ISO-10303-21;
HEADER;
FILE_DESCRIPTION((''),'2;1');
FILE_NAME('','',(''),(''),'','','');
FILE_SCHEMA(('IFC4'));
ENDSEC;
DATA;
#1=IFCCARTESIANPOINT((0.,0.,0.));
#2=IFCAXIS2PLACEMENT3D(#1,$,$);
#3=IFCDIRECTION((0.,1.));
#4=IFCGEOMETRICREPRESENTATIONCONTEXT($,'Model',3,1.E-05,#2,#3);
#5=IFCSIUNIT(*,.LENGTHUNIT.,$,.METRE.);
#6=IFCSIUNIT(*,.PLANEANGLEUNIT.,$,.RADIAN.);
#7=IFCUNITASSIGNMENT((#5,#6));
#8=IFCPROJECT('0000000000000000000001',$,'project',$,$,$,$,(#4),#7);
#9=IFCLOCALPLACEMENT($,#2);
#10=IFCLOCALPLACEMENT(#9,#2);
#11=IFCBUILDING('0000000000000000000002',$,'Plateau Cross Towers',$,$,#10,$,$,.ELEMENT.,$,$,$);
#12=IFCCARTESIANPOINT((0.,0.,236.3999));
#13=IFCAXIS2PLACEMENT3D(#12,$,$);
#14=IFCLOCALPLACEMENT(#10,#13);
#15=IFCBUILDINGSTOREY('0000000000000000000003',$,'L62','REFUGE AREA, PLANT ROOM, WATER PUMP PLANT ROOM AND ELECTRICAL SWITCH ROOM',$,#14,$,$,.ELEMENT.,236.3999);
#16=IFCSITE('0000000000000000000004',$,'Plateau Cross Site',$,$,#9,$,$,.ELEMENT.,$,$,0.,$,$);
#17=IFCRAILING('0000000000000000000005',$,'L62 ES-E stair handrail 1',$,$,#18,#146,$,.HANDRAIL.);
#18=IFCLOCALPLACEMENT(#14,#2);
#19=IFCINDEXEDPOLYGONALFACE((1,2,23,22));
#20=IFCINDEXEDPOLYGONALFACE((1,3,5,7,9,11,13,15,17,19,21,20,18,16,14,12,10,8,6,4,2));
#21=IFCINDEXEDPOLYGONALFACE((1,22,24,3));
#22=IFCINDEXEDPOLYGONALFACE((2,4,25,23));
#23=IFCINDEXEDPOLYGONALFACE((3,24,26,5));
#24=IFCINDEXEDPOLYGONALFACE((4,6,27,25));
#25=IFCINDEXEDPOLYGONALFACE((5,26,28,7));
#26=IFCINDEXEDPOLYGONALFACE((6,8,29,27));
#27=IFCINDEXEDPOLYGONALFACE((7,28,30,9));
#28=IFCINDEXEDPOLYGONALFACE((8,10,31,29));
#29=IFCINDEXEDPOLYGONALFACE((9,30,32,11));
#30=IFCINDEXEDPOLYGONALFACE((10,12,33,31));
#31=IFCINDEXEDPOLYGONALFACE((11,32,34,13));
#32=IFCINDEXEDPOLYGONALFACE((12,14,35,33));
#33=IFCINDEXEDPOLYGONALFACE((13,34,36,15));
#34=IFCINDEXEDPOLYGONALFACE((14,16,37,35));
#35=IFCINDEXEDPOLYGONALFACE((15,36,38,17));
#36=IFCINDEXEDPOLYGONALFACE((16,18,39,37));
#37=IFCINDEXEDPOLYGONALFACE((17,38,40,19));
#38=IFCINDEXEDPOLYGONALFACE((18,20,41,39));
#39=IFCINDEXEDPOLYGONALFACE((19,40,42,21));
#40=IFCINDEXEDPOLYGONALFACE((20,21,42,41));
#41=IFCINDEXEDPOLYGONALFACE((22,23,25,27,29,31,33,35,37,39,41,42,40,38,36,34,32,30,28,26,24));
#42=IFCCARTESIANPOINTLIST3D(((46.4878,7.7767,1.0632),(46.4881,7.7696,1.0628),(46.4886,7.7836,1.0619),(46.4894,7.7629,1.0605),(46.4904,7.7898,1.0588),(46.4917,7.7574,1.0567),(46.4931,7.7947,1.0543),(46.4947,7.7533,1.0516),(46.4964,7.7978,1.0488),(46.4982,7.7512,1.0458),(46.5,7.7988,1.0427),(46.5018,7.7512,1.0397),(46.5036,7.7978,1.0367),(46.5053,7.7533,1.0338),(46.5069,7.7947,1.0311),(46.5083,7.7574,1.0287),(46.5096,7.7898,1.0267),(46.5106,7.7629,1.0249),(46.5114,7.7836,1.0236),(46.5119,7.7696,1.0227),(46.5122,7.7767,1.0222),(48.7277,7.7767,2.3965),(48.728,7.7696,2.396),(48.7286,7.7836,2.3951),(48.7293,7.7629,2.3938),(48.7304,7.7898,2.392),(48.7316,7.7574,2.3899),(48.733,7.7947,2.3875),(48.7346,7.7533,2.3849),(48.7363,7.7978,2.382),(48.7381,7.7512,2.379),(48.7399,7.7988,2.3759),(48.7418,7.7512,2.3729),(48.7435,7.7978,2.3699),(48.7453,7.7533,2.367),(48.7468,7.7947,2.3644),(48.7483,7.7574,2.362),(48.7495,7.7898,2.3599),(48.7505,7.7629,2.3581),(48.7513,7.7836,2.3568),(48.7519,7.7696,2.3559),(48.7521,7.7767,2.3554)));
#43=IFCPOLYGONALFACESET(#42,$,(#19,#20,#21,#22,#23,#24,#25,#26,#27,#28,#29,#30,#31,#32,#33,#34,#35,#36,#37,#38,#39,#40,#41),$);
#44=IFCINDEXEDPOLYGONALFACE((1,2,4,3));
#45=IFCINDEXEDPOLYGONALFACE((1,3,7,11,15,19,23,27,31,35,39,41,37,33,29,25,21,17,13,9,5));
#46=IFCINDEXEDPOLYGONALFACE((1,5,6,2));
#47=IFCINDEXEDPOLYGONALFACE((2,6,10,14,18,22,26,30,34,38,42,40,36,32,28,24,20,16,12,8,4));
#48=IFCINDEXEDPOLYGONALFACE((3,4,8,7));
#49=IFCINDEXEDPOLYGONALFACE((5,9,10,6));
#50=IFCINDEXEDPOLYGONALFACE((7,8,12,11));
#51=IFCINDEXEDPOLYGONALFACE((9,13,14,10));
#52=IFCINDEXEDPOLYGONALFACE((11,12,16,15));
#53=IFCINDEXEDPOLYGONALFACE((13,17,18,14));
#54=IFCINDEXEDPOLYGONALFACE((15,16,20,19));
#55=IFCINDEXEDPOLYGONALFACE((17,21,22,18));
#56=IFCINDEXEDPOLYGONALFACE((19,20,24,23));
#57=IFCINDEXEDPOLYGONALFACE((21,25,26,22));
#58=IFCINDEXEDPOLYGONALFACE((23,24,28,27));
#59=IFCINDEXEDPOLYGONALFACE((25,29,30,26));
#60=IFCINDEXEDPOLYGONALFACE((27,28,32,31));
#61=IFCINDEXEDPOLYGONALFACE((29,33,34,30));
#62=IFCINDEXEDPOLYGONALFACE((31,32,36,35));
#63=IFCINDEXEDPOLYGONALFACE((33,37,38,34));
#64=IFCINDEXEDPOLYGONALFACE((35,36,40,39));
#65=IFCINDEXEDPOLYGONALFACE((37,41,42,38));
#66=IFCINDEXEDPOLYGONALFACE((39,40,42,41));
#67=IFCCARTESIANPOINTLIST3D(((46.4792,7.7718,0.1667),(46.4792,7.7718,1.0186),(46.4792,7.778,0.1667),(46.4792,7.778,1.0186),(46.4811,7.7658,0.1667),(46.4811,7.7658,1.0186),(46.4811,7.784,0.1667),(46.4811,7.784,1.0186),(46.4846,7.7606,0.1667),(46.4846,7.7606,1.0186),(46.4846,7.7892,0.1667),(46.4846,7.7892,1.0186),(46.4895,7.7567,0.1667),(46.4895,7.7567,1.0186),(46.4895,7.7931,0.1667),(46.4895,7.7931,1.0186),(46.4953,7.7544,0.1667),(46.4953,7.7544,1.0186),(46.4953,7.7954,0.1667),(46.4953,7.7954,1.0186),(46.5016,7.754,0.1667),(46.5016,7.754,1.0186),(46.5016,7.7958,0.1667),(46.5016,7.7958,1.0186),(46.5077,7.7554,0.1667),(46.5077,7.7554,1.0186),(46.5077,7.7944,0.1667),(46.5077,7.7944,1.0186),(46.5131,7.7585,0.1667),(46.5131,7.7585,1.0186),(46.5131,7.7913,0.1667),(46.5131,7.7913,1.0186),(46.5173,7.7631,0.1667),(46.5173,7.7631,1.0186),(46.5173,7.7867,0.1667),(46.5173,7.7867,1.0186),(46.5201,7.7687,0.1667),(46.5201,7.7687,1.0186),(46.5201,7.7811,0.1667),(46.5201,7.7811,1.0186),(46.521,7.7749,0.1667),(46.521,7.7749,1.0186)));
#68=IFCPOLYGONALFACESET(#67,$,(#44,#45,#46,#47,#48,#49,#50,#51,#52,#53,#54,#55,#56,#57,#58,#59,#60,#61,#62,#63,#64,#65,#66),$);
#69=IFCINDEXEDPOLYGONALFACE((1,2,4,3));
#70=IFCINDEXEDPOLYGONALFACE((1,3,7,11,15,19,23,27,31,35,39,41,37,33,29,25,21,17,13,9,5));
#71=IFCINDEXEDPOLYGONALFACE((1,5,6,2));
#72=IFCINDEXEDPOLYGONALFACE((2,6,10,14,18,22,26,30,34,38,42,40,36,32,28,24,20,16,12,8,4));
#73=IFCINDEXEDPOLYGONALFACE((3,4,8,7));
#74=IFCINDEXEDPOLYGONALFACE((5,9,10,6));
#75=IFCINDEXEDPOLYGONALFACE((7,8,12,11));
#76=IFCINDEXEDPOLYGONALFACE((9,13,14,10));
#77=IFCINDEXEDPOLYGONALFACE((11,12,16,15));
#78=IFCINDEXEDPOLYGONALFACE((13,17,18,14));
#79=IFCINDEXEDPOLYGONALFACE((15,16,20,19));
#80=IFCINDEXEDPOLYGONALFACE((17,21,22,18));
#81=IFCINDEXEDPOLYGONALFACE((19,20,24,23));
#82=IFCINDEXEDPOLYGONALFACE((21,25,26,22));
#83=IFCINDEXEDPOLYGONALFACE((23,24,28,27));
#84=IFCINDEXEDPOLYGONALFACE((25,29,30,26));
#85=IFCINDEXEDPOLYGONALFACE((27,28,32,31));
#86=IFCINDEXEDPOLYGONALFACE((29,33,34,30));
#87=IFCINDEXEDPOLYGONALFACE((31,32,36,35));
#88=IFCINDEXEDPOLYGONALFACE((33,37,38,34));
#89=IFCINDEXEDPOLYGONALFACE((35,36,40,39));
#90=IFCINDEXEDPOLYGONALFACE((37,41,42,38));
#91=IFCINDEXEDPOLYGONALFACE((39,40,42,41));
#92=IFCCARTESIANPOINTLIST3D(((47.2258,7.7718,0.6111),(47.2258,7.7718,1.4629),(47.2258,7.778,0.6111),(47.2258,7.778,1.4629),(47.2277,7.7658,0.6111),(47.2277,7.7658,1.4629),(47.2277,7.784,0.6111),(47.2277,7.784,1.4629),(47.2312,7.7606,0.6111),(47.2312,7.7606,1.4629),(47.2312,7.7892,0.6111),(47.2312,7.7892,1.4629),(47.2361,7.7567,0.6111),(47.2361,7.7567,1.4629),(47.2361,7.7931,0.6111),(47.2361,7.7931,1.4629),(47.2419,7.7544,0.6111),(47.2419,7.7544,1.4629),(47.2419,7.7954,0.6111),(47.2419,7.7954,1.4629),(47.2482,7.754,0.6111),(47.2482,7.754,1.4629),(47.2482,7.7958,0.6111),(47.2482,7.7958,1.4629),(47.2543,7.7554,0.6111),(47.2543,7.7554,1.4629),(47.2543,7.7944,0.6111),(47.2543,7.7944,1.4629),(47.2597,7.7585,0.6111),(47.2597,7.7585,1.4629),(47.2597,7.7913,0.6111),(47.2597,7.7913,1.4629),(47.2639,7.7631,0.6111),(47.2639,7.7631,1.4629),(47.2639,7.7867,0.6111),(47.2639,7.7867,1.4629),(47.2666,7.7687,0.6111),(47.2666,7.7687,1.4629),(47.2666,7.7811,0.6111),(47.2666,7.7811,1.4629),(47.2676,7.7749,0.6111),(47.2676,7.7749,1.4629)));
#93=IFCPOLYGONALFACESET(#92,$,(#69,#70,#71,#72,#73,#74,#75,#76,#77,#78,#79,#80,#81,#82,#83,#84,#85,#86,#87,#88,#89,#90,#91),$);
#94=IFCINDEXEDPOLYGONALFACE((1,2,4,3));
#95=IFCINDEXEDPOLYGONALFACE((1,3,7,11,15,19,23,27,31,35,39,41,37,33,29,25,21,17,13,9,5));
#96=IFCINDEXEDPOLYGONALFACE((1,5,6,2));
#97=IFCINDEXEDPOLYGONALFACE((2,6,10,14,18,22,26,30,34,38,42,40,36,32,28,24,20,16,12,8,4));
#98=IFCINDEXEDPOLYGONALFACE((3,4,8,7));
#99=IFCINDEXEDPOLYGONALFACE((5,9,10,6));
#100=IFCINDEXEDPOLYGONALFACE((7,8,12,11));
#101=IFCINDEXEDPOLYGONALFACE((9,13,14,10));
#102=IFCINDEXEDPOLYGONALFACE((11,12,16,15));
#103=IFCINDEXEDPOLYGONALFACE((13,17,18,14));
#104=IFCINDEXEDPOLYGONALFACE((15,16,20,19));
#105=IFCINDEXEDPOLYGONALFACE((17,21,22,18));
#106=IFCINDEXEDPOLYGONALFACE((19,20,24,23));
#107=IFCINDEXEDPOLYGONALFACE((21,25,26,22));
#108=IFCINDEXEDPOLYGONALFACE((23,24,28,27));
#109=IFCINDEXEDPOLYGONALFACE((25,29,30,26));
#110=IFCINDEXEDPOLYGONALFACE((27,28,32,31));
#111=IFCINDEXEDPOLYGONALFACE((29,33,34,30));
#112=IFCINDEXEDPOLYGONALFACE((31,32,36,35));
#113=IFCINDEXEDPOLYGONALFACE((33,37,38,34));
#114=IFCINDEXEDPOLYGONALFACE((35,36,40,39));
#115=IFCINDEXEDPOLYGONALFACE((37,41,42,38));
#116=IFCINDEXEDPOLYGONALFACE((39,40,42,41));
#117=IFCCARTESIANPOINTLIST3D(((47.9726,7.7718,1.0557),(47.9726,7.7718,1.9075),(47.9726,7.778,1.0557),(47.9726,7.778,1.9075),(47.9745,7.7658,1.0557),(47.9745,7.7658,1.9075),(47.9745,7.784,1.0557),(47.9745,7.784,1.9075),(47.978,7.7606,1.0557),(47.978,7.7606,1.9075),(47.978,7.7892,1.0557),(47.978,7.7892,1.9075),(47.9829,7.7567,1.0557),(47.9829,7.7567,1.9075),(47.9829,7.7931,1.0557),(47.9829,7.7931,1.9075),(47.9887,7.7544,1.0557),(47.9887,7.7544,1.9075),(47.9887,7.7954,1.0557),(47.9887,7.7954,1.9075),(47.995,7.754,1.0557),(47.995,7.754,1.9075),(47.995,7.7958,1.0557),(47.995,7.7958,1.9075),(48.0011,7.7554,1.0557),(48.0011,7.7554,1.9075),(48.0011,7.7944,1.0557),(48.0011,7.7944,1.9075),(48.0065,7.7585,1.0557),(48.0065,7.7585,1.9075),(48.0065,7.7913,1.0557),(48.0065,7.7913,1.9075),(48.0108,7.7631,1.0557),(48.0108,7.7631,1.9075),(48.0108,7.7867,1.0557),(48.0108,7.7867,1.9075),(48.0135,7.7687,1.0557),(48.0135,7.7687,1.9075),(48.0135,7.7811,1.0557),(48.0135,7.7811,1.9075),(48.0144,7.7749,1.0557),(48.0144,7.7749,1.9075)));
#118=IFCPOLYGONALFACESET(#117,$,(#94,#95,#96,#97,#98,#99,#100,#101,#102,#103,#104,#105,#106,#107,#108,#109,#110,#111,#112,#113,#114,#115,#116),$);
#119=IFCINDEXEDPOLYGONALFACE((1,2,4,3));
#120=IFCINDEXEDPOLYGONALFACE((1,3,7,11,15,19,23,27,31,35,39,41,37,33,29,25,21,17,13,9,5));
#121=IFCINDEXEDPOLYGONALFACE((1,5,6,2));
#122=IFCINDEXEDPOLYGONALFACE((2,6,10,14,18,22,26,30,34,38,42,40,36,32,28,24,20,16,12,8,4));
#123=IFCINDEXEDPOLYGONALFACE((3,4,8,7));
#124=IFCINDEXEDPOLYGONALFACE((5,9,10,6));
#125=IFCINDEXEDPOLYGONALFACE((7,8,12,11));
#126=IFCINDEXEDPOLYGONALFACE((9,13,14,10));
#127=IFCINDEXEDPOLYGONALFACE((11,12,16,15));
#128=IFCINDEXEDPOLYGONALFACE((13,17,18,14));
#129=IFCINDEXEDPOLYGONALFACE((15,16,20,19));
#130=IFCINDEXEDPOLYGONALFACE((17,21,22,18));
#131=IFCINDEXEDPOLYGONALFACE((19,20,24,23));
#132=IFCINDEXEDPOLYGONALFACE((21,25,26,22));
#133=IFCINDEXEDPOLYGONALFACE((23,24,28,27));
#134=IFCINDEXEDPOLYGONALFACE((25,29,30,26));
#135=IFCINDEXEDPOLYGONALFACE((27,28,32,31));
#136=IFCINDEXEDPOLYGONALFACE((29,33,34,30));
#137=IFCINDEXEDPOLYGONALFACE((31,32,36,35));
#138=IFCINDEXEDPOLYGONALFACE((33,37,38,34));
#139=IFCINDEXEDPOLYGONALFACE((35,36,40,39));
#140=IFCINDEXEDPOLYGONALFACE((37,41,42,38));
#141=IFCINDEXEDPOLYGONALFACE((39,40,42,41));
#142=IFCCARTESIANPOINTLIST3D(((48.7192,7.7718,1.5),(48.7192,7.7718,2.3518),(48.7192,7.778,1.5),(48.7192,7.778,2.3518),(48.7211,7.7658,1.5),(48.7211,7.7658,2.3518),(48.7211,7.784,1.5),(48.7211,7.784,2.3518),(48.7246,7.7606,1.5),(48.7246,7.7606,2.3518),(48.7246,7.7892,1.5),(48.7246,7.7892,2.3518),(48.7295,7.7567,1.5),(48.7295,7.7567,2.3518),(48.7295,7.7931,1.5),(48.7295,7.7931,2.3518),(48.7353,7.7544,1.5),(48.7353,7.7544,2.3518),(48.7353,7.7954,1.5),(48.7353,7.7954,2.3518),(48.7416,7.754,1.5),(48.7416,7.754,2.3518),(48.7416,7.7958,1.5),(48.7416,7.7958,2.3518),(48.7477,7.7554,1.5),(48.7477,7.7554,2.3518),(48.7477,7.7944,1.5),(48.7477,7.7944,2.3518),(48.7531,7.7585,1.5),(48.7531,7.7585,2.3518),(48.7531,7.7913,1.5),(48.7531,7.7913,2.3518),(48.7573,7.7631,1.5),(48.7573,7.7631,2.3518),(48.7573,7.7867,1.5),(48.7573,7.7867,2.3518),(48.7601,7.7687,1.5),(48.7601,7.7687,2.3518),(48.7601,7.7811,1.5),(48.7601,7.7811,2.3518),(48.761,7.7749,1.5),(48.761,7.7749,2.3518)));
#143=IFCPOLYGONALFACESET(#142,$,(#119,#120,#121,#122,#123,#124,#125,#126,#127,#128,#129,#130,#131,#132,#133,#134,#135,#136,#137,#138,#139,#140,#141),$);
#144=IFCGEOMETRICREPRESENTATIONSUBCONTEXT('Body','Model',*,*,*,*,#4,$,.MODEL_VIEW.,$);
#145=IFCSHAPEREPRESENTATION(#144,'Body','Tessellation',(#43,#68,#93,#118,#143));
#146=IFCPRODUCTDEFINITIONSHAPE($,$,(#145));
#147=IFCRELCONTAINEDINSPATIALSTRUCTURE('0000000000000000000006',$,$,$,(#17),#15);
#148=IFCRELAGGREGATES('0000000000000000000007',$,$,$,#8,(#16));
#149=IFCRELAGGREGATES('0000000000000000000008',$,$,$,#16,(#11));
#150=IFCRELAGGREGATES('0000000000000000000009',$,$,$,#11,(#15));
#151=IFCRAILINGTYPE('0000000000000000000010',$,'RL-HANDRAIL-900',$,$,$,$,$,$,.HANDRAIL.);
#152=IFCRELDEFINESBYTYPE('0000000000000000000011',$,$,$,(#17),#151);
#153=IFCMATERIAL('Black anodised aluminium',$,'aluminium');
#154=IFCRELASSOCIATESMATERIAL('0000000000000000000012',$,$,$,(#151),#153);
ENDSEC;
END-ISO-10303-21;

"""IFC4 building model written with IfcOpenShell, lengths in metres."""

from ifc_helpers import new_model, si_unit, direction, frame, origin, origin_2d, place, context, subcontext, project, spatial, circle, extrude, material, type_object, element, save


model = new_model("IFC4")

# Units and contexts
model_context = context("Model", 3, precision=1e-05, world=origin(), true_north=direction((0.0, 1.0)))
body_context = subcontext(model_context, "Body", "Model", "MODEL_VIEW")
ifc_project = project(units=[si_unit("LENGTHUNIT", "METRE"), si_unit("PLANEANGLEUNIT", "RADIAN")], contexts=[model_context])

# Site, building, storey
site_placement = place(None, origin())
site = spatial("IfcSite", under=ifc_project, at=site_placement, Name="Plateau Cross Site", CompositionType="ELEMENT", RefElevation=0.0)
building_placement = place(site_placement, origin())
building = spatial("IfcBuilding", under=site, at=building_placement, Name="Plateau Cross Towers", CompositionType="ELEMENT")
storey_placement = place(building_placement, frame((0.0, 0.0, 236.3999)))
storey = spatial("IfcBuildingStorey", under=building, at=storey_placement, Name="L62", Description="REFUGE AREA, PLANT ROOM, WATER PUMP PLANT ROOM AND ELECTRICAL SWITCH ROOM", CompositionType="ELEMENT", Elevation=236.3999)

# Shared definitions
ifc_material_1 = material(Name="Black anodised aluminium", Category="aluminium")

# Railing
railing_type_1 = type_object("IfcRailingType", Name="RL-HANDRAIL-900", PredefinedType="HANDRAIL", material=ifc_material_1)
for number, where, name in (
    (1, (46.5, 7.7749, 0.1667), "L62 ES-E stair handrail 1"),
):
    element("IfcRailing", number, at=place(storey_placement, frame(where)), inside=storey, type_object=railing_type_1, Name=name, PredefinedType="HANDRAIL", context=body_context, shape_type="SweptSolid", body=[
        extrude(circle(Radius=0.0239, at=origin_2d()), frame((0.0, 0.0, 0.876), z_axis=(0.859306, 0.0, 0.511462), x_axis=(0.0, 1.0, 0.0)), (0.0, 0.0, 1.0), 2.6067),
        extrude(circle(Radius=0.021, at=origin_2d()), origin(), (0.0, 0.0, 1.0), 0.8518),
        extrude(circle(Radius=0.021, at=origin_2d()), frame((0.7466, 0.0, 0.4443)), (0.0, 0.0, 1.0), 0.8518),
        extrude(circle(Radius=0.021, at=origin_2d()), frame((1.4934, 0.0, 0.8889)), (0.0, 0.0, 1.0), 0.8518),
        extrude(circle(Radius=0.021, at=origin_2d()), frame((2.24, 0.0, 1.3333)), (0.0, 0.0, 1.0), 0.8518),
    ])

save(model, "model.ifc")
